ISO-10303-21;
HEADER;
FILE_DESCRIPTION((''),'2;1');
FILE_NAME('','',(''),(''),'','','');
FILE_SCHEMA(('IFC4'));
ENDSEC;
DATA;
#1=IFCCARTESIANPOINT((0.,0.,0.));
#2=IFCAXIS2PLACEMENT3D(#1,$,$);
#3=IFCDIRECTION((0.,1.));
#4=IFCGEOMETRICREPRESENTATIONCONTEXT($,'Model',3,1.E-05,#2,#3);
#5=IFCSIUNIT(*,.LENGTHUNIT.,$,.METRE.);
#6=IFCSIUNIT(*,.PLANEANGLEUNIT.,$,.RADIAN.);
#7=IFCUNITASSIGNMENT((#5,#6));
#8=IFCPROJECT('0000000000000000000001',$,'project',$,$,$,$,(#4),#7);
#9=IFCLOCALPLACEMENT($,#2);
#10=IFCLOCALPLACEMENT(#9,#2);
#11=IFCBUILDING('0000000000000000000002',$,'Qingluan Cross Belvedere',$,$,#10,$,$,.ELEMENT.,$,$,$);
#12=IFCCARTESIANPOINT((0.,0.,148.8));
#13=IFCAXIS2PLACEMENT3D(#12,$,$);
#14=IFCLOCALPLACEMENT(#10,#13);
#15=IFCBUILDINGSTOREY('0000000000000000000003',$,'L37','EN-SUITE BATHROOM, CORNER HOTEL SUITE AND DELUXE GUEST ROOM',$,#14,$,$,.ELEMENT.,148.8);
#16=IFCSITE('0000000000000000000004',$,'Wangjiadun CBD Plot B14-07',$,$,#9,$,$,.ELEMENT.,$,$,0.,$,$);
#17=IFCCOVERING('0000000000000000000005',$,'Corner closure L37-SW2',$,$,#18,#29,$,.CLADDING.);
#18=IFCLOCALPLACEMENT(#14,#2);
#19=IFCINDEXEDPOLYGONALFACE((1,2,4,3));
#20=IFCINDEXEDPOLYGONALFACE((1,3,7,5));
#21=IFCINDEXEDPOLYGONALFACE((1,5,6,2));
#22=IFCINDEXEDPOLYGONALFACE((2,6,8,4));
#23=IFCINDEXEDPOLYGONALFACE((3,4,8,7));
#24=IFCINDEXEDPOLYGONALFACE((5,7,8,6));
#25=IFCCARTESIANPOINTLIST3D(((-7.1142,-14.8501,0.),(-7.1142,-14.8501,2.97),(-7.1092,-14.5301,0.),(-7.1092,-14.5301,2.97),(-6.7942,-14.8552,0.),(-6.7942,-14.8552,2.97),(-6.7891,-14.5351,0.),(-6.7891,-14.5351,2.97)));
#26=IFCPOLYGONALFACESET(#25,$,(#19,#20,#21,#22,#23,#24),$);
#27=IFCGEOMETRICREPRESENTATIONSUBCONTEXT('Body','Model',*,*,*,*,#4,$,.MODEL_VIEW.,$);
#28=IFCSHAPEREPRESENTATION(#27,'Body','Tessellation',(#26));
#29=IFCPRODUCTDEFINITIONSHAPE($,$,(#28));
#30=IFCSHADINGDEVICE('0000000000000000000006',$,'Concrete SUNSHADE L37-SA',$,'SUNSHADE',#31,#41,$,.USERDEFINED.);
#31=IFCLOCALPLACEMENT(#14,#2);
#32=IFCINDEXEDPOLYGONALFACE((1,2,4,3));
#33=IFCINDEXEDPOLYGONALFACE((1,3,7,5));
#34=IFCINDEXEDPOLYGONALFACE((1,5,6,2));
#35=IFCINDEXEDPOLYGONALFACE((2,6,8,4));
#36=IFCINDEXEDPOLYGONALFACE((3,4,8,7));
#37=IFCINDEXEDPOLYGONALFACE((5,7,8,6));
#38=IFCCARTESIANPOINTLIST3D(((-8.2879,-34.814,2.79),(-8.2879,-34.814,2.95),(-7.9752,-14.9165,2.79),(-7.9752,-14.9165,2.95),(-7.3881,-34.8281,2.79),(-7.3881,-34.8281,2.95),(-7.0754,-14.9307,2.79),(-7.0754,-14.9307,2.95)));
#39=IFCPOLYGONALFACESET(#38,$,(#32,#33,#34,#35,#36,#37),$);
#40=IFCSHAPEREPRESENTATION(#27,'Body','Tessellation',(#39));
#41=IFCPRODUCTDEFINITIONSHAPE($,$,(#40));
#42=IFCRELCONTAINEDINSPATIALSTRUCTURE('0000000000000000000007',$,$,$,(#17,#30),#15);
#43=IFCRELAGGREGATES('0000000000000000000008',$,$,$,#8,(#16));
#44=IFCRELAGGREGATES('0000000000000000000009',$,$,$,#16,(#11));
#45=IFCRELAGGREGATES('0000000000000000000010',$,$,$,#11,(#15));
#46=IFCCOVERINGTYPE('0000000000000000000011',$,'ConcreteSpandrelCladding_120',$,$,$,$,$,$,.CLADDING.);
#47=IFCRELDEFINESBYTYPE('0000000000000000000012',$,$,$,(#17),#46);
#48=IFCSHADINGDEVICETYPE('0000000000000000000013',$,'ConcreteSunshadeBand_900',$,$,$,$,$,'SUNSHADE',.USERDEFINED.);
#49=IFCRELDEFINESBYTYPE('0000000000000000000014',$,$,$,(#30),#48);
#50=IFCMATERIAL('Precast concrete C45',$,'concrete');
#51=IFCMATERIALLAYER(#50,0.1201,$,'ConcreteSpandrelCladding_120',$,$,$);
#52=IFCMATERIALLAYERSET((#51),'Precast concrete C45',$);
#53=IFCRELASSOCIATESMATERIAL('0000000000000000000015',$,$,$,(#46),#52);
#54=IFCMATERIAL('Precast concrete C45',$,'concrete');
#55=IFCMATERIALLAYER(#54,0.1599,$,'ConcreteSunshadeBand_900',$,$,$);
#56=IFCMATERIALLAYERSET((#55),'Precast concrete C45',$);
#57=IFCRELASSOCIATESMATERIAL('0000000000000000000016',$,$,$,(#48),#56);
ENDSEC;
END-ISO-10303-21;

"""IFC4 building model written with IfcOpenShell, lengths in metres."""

from ifc_helpers import new_model, si_unit, direction, frame, origin, origin_2d, place, context, subcontext, project, spatial, rectangle, extrude, material, layer, layer_set, type_object, element, save


model = new_model("IFC4")

# Units and contexts
model_context = context("Model", 3, precision=1e-05, world=origin(), true_north=direction((0.0, 1.0)))
body_context = subcontext(model_context, "Body", "Model", "MODEL_VIEW")
ifc_project = project(units=[si_unit("LENGTHUNIT", "METRE"), si_unit("PLANEANGLEUNIT", "RADIAN")], contexts=[model_context])

# Site, building, storey
site_placement = place(None, origin())
site = spatial("IfcSite", under=ifc_project, at=site_placement, Name="Wangjiadun CBD Plot B14-07", CompositionType="ELEMENT", RefElevation=0.0)
building_placement = place(site_placement, origin())
building = spatial("IfcBuilding", under=site, at=building_placement, Name="Qingluan Cross Belvedere", CompositionType="ELEMENT")
storey_placement = place(building_placement, frame((0.0, 0.0, 148.8)))
storey = spatial("IfcBuildingStorey", under=building, at=storey_placement, Name="L37", Description="EN-SUITE BATHROOM, CORNER HOTEL SUITE AND DELUXE GUEST ROOM", CompositionType="ELEMENT", Elevation=148.8)

# Covering
ifc_material_1 = material(Name="Precast concrete C45", Category="concrete")
ifc_layer_1 = layer(ifc_material_1, 0.1201, Name="ConcreteSpandrelCladding_120")
ifc_layer_set_1 = layer_set([ifc_layer_1], Name="Precast concrete C45")
covering_type = type_object("IfcCoveringType", Name="ConcreteSpandrelCladding_120", PredefinedType="CLADDING", material=ifc_layer_set_1)
for number, where, z_axis, x_axis, name in (
    (1, (-6.9517, -14.6926, 0.0), (0.0, 0.0, 1.0), (0.999877, -0.015707, 0.0), "Corner closure L37-SW2"),
):
    element("IfcCovering", number, at=place(storey_placement, frame(where, z_axis=z_axis, x_axis=x_axis)), inside=storey, type_object=covering_type, Name=name, PredefinedType="CLADDING", context=body_context, shape_type="SweptSolid", body=[
        extrude(rectangle(XDim=0.3201, YDim=0.3201, at=origin_2d()), origin(), (0.0, 0.0, 1.0), 2.97),
    ])

# Shading device
ifc_material_2 = material(Name="Precast concrete C45", Category="concrete")
ifc_layer_2 = layer(ifc_material_2, 0.1599, Name="ConcreteSunshadeBand_900")
ifc_layer_set_2 = layer_set([ifc_layer_2], Name="Precast concrete C45")
shading_device_type = type_object("IfcShadingDeviceType", Name="ConcreteSunshadeBand_900", ElementType="SUNSHADE", PredefinedType="USERDEFINED", material=ifc_layer_set_2)
shading_device_placement = place(storey_placement, frame((-7.6816, -24.8723, 2.79), z_axis=(0.0, 0.0, 1.0), x_axis=(-0.015711, -0.999877, 0.0)))
element("IfcShadingDevice", 2, at=shading_device_placement, inside=storey, type_object=shading_device_type, Name="Concrete SUNSHADE L37-SA", ObjectType="SUNSHADE", PredefinedType="USERDEFINED", context=body_context, shape_type="SweptSolid", body=[
    extrude(rectangle(XDim=19.8999, YDim=0.8999, at=origin_2d()), origin(), (0.0, 0.0, 1.0), 0.1599),
])

save(model, "model.ifc")
